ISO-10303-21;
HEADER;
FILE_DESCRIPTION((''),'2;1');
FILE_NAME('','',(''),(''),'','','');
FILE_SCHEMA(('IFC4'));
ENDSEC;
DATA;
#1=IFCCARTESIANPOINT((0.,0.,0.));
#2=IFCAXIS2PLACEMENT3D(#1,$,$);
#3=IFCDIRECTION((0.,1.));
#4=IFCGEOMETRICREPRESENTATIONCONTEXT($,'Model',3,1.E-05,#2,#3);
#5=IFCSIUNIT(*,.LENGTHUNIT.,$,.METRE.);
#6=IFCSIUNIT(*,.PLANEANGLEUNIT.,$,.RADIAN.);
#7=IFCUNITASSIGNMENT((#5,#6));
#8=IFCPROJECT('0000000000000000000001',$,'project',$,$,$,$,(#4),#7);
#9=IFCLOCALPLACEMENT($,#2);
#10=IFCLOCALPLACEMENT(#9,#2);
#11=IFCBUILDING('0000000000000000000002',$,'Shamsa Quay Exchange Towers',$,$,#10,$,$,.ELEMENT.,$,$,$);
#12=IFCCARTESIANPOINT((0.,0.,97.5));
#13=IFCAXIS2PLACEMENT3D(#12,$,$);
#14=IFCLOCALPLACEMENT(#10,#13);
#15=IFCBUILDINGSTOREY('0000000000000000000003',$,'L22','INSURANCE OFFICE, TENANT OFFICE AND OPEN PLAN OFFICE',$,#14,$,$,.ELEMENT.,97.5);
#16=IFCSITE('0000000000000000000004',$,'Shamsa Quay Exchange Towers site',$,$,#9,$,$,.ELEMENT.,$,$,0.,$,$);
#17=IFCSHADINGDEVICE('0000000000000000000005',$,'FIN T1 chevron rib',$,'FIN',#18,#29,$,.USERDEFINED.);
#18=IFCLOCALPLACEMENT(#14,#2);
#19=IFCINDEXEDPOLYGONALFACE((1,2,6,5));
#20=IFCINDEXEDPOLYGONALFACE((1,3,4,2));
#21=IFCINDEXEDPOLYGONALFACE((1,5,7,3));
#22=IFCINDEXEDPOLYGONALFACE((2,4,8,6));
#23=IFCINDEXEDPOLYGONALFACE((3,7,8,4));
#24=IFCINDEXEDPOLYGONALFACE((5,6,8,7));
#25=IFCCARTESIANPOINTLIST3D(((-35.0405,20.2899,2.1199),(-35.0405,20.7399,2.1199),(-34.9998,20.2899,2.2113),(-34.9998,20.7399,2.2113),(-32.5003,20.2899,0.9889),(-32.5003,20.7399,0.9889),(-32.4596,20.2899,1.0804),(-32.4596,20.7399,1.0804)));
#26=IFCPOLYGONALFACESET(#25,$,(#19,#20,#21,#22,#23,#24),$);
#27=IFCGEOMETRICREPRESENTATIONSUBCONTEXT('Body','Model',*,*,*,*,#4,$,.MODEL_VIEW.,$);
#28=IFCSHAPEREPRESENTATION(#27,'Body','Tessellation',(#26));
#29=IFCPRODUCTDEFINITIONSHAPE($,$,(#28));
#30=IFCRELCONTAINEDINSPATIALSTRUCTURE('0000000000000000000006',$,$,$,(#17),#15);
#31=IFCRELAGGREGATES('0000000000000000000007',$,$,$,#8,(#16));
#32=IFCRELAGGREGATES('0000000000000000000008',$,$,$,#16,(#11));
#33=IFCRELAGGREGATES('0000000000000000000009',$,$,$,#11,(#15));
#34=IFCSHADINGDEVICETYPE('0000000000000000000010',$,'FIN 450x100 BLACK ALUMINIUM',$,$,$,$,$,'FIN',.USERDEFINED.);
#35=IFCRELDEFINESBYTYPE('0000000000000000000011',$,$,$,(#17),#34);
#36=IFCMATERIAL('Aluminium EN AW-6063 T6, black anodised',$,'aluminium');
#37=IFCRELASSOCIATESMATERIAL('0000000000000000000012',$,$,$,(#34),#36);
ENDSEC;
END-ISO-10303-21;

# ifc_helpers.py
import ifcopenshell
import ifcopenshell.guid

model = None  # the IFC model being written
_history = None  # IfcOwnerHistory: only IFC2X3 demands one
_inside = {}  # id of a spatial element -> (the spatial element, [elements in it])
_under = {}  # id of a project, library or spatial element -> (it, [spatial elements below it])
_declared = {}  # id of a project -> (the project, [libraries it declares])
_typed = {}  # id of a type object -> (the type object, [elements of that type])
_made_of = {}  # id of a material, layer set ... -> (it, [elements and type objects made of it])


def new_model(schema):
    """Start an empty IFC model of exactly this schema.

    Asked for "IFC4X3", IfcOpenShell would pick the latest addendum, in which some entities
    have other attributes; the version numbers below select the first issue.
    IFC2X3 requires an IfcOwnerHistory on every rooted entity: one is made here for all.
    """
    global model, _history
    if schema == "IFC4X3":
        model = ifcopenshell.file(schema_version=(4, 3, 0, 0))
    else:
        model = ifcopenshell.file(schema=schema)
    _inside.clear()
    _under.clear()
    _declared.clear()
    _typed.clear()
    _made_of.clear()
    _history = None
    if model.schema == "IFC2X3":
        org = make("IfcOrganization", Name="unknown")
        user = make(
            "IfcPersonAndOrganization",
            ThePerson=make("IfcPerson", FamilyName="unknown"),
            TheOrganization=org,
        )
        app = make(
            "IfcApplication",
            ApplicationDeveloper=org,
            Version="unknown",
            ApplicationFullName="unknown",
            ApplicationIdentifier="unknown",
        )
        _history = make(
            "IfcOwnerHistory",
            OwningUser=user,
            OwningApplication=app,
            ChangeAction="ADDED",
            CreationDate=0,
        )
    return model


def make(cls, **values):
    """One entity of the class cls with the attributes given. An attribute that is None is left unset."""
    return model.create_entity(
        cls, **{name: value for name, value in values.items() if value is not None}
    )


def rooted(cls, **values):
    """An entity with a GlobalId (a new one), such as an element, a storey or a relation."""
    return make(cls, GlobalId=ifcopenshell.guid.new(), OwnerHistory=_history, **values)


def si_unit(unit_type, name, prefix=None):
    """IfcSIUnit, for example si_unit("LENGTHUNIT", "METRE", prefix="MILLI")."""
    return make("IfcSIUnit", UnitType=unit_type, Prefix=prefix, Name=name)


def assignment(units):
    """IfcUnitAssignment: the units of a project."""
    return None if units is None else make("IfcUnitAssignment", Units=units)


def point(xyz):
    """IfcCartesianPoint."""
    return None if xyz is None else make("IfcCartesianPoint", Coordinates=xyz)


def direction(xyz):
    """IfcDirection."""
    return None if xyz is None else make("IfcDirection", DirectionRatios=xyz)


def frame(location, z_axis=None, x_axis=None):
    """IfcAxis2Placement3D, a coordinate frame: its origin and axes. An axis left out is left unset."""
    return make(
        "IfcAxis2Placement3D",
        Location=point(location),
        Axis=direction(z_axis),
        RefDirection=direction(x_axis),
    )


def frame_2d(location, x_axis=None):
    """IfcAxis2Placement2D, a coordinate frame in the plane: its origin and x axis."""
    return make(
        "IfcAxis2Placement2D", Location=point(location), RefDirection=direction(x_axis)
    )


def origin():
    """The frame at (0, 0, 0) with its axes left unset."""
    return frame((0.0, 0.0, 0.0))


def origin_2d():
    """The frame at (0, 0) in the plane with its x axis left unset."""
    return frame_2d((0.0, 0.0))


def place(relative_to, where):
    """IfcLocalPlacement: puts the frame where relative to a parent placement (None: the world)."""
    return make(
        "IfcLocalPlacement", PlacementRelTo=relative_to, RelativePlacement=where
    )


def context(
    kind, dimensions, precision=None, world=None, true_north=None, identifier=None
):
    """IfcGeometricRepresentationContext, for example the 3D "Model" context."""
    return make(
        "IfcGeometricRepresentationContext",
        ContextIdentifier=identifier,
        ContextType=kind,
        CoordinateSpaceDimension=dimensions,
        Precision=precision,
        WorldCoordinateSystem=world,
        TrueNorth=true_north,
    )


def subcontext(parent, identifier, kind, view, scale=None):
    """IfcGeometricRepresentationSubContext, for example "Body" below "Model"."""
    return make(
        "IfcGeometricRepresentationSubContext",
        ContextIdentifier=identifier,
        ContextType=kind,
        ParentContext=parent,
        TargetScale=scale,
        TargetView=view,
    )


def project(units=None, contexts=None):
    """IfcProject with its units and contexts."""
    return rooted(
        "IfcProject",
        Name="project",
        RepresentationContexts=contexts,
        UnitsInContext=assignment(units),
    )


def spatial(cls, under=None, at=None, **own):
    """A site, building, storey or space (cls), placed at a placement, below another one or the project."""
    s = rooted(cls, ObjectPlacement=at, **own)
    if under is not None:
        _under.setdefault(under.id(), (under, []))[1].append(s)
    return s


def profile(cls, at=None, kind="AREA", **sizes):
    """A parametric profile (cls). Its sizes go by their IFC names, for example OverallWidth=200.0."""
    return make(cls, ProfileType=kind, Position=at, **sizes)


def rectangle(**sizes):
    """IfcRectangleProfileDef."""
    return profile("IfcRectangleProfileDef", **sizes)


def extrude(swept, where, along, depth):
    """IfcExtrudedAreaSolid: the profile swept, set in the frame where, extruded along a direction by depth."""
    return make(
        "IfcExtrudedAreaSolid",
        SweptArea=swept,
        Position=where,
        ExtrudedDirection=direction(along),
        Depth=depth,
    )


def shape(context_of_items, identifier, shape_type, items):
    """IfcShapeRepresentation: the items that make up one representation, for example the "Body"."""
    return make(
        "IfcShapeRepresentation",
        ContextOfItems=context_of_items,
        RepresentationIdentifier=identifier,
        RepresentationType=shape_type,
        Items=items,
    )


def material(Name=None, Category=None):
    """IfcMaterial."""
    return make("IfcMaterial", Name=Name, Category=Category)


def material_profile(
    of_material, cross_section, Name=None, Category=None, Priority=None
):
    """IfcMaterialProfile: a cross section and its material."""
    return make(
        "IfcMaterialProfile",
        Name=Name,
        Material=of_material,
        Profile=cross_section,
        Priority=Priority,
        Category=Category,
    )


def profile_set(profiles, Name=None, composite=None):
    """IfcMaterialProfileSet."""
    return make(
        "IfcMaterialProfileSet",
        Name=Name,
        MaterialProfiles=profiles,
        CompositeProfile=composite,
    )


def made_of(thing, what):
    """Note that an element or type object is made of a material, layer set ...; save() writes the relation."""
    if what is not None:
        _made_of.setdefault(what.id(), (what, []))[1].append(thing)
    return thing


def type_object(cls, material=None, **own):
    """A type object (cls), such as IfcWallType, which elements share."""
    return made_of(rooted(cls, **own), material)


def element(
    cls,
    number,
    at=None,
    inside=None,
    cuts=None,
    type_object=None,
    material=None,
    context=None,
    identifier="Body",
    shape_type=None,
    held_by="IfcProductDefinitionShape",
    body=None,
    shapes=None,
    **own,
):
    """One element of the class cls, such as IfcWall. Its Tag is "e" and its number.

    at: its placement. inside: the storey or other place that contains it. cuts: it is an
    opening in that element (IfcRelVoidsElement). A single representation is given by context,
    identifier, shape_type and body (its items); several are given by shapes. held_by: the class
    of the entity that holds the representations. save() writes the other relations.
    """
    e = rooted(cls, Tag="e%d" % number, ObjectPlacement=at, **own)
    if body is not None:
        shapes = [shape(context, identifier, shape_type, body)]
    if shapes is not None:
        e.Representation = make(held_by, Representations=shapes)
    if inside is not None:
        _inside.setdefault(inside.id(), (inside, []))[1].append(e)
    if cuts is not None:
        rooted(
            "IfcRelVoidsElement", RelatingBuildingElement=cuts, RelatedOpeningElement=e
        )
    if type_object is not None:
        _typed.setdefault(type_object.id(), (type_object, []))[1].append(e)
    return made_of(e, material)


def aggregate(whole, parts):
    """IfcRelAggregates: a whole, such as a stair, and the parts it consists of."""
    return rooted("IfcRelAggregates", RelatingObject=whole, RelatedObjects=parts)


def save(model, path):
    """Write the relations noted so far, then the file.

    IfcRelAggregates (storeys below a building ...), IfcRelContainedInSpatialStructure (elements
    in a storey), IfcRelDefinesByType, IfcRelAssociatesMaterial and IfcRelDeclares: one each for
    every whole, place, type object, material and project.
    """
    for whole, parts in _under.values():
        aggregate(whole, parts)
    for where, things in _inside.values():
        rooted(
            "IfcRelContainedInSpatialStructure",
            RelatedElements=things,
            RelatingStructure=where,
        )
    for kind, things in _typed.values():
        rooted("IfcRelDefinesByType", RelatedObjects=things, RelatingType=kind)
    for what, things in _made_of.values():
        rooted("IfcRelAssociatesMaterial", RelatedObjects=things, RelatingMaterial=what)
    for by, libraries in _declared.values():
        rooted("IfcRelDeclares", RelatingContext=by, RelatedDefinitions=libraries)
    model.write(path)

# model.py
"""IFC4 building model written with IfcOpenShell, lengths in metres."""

from ifc_helpers import new_model, si_unit, direction, frame, origin, origin_2d, place, context, subcontext, project, spatial, rectangle, extrude, material, material_profile, profile_set, type_object, element, save


model = new_model("IFC4")

# Units and contexts
model_context = context("Model", 3, precision=1e-05, world=origin(), true_north=direction((0.0, 1.0)))
body_context = subcontext(model_context, "Body", "Model", "MODEL_VIEW")
ifc_project = project(units=[si_unit("LENGTHUNIT", "METRE"), si_unit("PLANEANGLEUNIT", "RADIAN")], contexts=[model_context])

# Site, building, storey
site_placement = place(None, origin())
site = spatial("IfcSite", under=ifc_project, at=site_placement, Name="Shamsa Quay Exchange Towers site", CompositionType="ELEMENT", RefElevation=0.0)
building_placement = place(site_placement, origin())
building = spatial("IfcBuilding", under=site, at=building_placement, Name="Shamsa Quay Exchange Towers", CompositionType="ELEMENT")
storey_placement = place(building_placement, frame((0.0, 0.0, 97.5)))
storey = spatial("IfcBuildingStorey", under=building, at=storey_placement, Name="L22", Description="INSURANCE OFFICE, TENANT OFFICE AND OPEN PLAN OFFICE", CompositionType="ELEMENT", Elevation=97.5)

# Shared definitions
ifc_material_1 = material(Name="Aluminium EN AW-6063 T6, black anodised", Category="aluminium")

# Shading device
ifc_material_profile_1 = material_profile(ifc_material_1, rectangle(XDim=0.45, YDim=0.1001, at=origin_2d()), Name="FIN450x100")
ifc_profile_set_1 = profile_set([ifc_material_profile_1], Name="Aluminium EN AW-6063 T6, black anodised")
shading_device_type = type_object("IfcShadingDeviceType", Name="FIN 450x100 BLACK ALUMINIUM", ElementType="FIN", PredefinedType="USERDEFINED", material=ifc_profile_set_1)
shading_device_1_placement = place(storey_placement, frame((-32.48, 20.5149, 1.0347), z_axis=(-0.913551, 0.0, 0.406725), x_axis=(0.0, -1.0, 0.0)))
element("IfcShadingDevice", 1, at=shading_device_1_placement, inside=storey, type_object=shading_device_type, Name="FIN T1 chevron rib", ObjectType="FIN", PredefinedType="USERDEFINED", context=body_context, shape_type="SweptSolid", body=[
    extrude(rectangle(XDim=0.45, YDim=0.1001, at=origin_2d()), origin(), (0.0, 0.0, 1.0), 2.7805),
])

save(model, "model.ifc")
